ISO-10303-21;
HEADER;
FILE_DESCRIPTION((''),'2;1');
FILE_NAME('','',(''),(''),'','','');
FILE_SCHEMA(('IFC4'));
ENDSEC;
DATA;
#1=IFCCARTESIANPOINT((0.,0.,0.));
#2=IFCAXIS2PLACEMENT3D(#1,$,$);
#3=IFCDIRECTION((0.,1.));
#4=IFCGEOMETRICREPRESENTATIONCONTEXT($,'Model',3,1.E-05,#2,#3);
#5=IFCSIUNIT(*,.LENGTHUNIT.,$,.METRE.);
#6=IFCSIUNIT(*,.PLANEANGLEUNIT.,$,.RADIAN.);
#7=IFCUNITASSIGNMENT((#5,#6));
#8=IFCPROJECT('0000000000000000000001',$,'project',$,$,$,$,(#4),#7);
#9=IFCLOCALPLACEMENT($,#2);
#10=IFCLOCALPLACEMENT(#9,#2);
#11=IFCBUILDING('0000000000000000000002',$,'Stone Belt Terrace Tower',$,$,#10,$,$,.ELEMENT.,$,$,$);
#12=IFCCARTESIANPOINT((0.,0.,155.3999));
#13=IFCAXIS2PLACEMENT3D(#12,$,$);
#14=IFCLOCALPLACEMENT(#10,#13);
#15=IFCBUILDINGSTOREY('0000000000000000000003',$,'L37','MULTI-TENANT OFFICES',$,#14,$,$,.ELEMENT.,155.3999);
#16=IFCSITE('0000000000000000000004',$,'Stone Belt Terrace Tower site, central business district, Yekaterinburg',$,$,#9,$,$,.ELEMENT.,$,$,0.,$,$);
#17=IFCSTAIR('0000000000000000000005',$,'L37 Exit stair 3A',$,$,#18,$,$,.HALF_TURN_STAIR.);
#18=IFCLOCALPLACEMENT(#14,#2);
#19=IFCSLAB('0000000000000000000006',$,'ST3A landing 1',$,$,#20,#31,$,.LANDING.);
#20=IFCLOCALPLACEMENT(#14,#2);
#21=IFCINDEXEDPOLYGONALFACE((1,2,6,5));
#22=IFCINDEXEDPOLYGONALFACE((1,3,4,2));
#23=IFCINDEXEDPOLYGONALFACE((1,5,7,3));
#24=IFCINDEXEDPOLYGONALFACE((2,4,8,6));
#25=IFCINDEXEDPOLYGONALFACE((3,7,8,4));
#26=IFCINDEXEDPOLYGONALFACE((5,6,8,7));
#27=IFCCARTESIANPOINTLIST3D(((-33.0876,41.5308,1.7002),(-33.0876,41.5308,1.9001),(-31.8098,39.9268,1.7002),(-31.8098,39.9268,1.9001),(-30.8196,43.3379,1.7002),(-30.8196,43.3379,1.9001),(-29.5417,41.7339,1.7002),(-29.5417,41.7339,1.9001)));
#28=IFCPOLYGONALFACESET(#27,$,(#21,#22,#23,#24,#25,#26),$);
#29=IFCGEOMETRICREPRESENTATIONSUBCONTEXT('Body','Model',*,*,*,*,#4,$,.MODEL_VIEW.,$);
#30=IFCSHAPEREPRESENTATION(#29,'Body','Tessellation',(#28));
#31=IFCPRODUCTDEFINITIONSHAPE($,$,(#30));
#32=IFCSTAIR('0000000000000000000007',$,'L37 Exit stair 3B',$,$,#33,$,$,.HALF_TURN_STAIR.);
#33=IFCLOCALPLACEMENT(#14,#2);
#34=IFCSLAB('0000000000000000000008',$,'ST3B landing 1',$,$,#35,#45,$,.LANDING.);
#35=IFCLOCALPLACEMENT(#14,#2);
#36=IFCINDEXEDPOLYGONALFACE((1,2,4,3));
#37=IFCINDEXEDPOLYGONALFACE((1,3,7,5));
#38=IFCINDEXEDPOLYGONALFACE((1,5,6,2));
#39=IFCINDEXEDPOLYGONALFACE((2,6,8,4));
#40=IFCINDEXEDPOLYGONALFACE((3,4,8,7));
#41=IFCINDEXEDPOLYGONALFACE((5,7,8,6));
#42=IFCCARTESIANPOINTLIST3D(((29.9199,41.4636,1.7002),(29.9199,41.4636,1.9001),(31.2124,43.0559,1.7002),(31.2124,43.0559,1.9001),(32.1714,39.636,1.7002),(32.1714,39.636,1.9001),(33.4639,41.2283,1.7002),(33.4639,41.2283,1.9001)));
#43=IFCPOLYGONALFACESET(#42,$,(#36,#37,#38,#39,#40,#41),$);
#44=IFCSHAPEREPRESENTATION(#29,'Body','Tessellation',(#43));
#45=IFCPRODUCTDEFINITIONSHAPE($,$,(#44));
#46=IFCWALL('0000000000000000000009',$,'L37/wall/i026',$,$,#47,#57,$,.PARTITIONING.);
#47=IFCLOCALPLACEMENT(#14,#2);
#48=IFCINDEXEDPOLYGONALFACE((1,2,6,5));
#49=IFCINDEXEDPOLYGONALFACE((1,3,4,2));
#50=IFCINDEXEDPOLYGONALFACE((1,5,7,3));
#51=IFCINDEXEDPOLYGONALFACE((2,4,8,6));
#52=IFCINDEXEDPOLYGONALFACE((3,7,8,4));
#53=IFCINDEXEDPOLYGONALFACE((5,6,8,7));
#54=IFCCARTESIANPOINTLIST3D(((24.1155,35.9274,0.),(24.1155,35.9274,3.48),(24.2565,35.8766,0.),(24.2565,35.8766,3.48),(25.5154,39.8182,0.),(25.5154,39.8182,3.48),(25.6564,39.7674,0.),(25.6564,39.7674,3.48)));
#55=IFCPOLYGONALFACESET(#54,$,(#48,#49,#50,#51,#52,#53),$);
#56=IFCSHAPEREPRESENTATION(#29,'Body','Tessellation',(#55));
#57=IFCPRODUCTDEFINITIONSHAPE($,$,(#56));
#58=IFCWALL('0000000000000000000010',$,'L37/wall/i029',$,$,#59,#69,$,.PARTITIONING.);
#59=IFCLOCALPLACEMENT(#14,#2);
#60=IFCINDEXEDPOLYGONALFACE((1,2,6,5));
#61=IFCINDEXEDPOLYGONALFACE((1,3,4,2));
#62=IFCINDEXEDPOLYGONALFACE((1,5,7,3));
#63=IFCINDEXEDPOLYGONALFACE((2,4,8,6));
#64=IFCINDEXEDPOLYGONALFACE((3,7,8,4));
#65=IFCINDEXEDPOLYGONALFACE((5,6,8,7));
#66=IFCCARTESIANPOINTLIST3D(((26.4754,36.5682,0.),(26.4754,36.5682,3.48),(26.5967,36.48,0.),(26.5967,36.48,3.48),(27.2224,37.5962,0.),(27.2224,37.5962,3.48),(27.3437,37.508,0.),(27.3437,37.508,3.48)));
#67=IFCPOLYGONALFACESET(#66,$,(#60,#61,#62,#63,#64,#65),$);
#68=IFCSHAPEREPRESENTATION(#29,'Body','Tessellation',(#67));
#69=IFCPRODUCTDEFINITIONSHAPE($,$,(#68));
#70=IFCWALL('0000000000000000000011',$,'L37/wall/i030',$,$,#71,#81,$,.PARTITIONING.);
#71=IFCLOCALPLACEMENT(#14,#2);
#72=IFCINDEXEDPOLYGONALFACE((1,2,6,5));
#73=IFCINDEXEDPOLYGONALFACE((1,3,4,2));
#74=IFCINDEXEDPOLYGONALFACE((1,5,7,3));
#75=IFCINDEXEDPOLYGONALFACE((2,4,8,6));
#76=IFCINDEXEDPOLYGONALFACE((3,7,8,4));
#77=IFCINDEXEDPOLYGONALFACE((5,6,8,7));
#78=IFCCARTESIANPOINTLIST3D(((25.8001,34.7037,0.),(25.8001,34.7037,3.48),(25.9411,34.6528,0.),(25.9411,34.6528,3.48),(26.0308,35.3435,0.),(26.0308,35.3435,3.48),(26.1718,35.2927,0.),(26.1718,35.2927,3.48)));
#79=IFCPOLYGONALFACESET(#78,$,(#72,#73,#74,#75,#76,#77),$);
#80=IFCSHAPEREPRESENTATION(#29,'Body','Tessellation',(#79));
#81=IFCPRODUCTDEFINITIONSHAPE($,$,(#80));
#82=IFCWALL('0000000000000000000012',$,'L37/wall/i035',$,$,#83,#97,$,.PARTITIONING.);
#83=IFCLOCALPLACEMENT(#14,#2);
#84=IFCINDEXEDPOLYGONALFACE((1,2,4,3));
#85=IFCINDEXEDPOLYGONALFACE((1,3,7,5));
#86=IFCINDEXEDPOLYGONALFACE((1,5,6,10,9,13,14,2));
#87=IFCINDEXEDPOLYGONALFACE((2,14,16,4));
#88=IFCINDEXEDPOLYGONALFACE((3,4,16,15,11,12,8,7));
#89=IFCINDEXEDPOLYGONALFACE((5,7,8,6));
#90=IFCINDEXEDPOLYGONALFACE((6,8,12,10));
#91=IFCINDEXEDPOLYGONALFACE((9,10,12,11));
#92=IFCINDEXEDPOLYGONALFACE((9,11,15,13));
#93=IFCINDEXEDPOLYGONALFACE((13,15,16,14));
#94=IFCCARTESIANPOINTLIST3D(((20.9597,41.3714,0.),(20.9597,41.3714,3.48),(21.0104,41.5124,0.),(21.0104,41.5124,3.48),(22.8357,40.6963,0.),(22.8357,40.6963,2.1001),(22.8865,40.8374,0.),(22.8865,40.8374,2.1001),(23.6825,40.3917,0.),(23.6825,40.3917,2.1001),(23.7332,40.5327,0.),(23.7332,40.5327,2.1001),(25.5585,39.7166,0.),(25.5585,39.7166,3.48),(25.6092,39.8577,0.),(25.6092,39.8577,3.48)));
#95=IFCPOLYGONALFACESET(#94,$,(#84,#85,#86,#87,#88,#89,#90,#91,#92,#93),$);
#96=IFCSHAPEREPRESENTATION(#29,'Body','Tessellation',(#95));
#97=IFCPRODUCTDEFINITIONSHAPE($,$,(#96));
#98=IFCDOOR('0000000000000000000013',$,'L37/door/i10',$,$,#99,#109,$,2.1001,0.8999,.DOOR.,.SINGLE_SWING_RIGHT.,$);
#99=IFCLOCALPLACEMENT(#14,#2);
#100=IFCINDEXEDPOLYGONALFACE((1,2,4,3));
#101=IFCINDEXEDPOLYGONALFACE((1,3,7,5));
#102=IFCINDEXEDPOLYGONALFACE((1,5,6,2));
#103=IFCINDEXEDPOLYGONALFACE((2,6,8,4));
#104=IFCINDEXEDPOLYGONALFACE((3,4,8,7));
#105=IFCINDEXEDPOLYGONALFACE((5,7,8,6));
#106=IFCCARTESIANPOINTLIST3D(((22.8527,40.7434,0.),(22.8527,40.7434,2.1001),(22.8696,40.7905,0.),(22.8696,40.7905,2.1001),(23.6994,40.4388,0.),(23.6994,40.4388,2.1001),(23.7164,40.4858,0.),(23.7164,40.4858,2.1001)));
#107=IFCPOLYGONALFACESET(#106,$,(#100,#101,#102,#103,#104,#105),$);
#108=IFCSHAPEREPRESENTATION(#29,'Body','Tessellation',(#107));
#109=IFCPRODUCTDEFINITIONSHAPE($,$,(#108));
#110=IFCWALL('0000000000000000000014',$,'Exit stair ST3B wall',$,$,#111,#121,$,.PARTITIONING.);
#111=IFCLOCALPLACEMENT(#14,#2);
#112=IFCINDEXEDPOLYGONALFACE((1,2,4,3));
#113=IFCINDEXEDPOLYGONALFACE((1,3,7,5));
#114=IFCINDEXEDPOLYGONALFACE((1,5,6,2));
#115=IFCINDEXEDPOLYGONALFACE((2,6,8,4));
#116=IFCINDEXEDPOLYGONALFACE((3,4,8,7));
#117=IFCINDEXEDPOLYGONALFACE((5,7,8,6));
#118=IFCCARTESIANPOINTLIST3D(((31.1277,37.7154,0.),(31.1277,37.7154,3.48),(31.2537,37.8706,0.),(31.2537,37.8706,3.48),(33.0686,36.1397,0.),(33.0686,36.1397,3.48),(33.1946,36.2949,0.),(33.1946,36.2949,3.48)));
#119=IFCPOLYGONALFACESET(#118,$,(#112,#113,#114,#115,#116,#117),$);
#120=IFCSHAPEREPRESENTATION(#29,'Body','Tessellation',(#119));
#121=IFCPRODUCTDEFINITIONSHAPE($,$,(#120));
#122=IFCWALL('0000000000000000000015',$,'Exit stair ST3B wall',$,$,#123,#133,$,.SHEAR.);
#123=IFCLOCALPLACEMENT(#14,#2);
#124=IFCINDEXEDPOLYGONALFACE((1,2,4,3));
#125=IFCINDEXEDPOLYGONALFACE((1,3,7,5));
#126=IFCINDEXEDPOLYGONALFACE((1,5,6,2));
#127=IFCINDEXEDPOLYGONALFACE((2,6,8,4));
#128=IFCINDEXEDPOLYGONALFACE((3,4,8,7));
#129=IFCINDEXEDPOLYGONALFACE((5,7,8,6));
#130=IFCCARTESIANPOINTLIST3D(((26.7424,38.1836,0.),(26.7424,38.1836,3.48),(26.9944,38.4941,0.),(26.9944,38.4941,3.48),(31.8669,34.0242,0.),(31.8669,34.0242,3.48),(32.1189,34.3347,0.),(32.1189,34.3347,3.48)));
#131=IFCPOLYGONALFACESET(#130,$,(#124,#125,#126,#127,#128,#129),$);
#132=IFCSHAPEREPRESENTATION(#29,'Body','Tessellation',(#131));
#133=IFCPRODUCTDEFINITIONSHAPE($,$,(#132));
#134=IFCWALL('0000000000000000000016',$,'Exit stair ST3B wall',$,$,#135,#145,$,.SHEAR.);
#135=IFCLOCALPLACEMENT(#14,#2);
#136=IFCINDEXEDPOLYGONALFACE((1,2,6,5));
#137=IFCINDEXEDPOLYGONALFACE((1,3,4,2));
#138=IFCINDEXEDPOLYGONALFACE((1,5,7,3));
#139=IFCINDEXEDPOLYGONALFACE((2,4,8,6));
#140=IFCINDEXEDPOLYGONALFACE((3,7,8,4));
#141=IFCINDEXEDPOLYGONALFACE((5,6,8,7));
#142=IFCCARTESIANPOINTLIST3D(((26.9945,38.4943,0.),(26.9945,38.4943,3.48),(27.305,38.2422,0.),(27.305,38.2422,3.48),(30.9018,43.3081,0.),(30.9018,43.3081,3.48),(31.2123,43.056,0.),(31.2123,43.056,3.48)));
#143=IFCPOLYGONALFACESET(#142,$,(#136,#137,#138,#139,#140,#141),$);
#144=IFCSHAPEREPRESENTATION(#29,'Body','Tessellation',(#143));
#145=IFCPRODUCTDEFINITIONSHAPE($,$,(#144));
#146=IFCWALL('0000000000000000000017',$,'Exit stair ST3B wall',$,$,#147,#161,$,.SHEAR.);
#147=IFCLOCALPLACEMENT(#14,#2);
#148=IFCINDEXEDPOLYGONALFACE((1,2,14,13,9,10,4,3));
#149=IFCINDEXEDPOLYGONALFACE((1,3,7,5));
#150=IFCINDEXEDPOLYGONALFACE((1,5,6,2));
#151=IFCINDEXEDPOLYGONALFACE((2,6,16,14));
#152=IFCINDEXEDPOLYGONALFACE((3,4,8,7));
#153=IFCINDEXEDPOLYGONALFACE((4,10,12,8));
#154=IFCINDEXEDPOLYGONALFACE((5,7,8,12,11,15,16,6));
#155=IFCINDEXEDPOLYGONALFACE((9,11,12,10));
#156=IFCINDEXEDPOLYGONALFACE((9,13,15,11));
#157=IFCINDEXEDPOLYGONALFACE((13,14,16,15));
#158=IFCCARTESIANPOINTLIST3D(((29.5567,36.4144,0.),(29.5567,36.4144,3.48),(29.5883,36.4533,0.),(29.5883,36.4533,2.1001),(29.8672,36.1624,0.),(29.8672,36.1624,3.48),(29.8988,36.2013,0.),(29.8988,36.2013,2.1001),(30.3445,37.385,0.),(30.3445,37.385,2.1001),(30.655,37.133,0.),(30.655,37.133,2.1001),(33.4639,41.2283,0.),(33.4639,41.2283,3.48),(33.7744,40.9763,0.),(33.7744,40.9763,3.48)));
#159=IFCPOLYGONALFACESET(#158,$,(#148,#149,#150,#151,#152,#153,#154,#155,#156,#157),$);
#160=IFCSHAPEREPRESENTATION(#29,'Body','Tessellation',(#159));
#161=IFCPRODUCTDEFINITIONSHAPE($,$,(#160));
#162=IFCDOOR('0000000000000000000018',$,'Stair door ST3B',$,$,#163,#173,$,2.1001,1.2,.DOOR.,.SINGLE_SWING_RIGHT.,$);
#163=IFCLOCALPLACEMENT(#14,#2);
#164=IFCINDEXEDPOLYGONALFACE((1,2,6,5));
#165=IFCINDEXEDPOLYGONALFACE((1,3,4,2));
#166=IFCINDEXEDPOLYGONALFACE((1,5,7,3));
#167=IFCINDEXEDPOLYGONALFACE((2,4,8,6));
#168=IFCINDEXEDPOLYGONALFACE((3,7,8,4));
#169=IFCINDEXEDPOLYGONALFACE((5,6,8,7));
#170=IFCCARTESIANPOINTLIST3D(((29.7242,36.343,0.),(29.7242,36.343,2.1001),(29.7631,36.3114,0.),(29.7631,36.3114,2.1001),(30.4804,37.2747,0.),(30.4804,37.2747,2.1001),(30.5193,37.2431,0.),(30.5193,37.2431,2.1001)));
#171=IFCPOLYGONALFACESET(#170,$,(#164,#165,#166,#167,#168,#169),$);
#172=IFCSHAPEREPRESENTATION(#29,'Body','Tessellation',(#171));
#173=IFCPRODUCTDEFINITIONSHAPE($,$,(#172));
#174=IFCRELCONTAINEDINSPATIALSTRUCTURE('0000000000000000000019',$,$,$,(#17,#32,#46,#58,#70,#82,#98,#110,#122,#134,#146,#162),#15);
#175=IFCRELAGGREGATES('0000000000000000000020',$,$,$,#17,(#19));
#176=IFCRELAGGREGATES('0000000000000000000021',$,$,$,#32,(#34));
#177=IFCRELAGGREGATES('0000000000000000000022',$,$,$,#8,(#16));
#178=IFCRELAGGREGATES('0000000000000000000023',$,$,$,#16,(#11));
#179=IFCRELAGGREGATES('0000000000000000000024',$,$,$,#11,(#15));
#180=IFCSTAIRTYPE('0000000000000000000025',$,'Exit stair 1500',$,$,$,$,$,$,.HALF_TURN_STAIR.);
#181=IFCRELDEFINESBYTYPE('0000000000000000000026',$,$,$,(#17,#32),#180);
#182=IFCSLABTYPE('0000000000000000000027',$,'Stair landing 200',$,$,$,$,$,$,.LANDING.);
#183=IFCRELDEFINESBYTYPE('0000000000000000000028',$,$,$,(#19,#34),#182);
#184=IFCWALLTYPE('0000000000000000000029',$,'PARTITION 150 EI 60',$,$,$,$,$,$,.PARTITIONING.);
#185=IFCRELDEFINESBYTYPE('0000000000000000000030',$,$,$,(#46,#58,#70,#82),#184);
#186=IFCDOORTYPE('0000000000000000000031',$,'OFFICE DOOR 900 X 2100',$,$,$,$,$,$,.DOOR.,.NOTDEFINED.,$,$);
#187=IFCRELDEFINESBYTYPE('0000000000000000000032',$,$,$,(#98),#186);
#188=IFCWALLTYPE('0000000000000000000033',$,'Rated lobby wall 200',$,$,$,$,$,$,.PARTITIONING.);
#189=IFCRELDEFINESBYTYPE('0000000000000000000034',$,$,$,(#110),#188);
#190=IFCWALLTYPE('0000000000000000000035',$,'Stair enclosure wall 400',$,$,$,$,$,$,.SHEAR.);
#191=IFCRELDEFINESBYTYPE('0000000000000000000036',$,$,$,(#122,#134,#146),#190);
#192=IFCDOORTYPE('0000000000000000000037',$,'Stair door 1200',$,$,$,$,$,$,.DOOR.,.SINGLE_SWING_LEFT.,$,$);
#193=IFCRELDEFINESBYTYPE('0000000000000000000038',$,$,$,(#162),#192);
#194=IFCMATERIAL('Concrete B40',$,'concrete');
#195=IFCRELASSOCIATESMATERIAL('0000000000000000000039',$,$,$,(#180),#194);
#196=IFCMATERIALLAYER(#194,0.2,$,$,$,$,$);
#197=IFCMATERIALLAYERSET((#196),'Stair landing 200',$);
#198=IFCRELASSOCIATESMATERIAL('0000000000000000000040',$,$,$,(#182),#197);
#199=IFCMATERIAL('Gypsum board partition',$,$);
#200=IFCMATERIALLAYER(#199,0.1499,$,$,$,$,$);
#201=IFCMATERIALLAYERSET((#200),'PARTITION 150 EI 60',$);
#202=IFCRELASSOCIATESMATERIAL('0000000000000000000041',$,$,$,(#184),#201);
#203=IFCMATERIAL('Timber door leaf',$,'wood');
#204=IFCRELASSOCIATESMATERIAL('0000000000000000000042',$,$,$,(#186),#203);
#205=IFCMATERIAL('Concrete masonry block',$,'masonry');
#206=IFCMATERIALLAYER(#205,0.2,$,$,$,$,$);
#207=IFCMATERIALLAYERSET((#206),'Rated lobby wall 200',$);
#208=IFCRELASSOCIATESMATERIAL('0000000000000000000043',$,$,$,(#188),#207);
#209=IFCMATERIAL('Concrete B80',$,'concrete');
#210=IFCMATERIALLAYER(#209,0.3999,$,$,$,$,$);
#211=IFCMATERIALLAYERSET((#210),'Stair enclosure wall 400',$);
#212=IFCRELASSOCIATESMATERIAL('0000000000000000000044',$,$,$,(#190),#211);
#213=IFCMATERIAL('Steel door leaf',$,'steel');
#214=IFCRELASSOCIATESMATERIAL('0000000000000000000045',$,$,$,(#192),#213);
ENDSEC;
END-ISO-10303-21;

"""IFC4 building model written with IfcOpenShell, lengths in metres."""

from ifc_helpers import new_model, si_unit, direction, frame, frame_2d, origin, place, context, subcontext, project, spatial, polyline, rectangle, outline, extrude, material, layer, layer_set, type_object, element, fill, aggregate, save


model = new_model("IFC4")

# Units and contexts
model_context = context("Model", 3, precision=1e-05, world=origin(), true_north=direction((0.0, 1.0)))
body_context = subcontext(model_context, "Body", "Model", "MODEL_VIEW")
ifc_project = project(units=[si_unit("LENGTHUNIT", "METRE"), si_unit("PLANEANGLEUNIT", "RADIAN")], contexts=[model_context])

# Site, building, storey
site_placement = place(None, origin())
site = spatial("IfcSite", under=ifc_project, at=site_placement, Name="Stone Belt Terrace Tower site, central business district, Yekaterinburg", CompositionType="ELEMENT", RefElevation=0.0)
building_placement = place(site_placement, origin())
building = spatial("IfcBuilding", under=site, at=building_placement, Name="Stone Belt Terrace Tower", CompositionType="ELEMENT")
storey_placement = place(building_placement, frame((0.0, 0.0, 155.3999)))
storey = spatial("IfcBuildingStorey", under=building, at=storey_placement, Name="L37", Description="MULTI-TENANT OFFICES", CompositionType="ELEMENT", Elevation=155.3999)

# Shared definitions
ifc_material_1 = material(Name="Concrete B80", Category="concrete")

# Shared definitions
ifc_material_2 = material(Name="Concrete B40", Category="concrete")

# Stairs, slabs
stair_type = type_object("IfcStairType", Name="Exit stair 1500", PredefinedType="HALF_TURN_STAIR", material=ifc_material_2)
stair_1_placement = place(storey_placement, origin())
stair_1 = element("IfcStair", 1, at=stair_1_placement, inside=storey, type_object=stair_type, Name="L37 Exit stair 3A", PredefinedType="HALF_TURN_STAIR")
ifc_layer_1 = layer(ifc_material_2, 0.2)
ifc_layer_set_1 = layer_set([ifc_layer_1], Name="Stair landing 200")
slab_type_1 = type_object("IfcSlabType", Name="Stair landing 200", PredefinedType="LANDING", material=ifc_layer_set_1)
slab_1_placement = place(storey_placement, frame((0.0, 0.0, 1.7002)))
slab_1 = element("IfcSlab", 2, at=slab_1_placement, type_object=slab_type_1, Name="ST3A landing 1", PredefinedType="LANDING", context=body_context, shape_type="SweptSolid", body=[
    extrude(outline(polyline([(-29.5417, 41.7339), (-30.8196, 43.3379), (-33.0876, 41.5308), (-31.8098, 39.9268), (-29.5417, 41.7339)])), origin(), (0.0, 0.0, 1.0), 0.2),
])
aggregate(stair_1, [slab_1])
stair_2_placement = place(storey_placement, origin())
stair_2 = element("IfcStair", 3, at=stair_2_placement, inside=storey, type_object=stair_type, Name="L37 Exit stair 3B", PredefinedType="HALF_TURN_STAIR")
slab_2_placement = place(storey_placement, frame((0.0, 0.0, 1.7002)))
slab_2 = element("IfcSlab", 4, at=slab_2_placement, type_object=slab_type_1, Name="ST3B landing 1", PredefinedType="LANDING", context=body_context, shape_type="SweptSolid", body=[
    extrude(outline(polyline([(32.1714, 39.636), (33.4639, 41.2283), (31.2124, 43.0559), (29.9199, 41.4636), (32.1714, 39.636)])), origin(), (0.0, 0.0, 1.0), 0.2),
])

# Walls
ifc_material_3 = material(Name="Gypsum board partition")
ifc_layer_2 = layer(ifc_material_3, 0.1499)
ifc_layer_set_2 = layer_set([ifc_layer_2], Name="PARTITION 150 EI 60")
wall_type_1 = type_object("IfcWallType", Name="PARTITION 150 EI 60", PredefinedType="PARTITIONING", material=ifc_layer_set_2)
wall_1_placement = place(storey_placement, frame((24.186, 35.9021, 0.0), z_axis=(0.0, 0.0, 1.0), x_axis=(0.338546, 0.94095, 0.0)))
element("IfcWall", 5, at=wall_1_placement, inside=storey, type_object=wall_type_1, Name="L37/wall/i026", PredefinedType="PARTITIONING", context=body_context, shape_type="SweptSolid", body=[
    extrude(rectangle(XDim=4.135, YDim=0.1499, at=frame_2d((2.0674, 0.0))), origin(), (0.0, 0.0, 1.0), 3.48),
])
wall_2_placement = place(storey_placement, frame((27.283, 37.552, 0.0), z_axis=(0.0, 0.0, 1.0), x_axis=(-0.587852, -0.808969, 0.0)))
element("IfcWall", 6, at=wall_2_placement, inside=storey, type_object=wall_type_1, Name="L37/wall/i029", PredefinedType="PARTITIONING", context=body_context, shape_type="SweptSolid", body=[
    extrude(rectangle(XDim=1.2708, YDim=0.1499, at=frame_2d((0.6353, 0.0))), origin(), (0.0, 0.0, 1.0), 3.48),
])
wall_3_placement = place(storey_placement, frame((26.1013, 35.3181, 0.0), z_axis=(0.0, 0.0, 1.0), x_axis=(-0.339177, -0.940723, 0.0)))
element("IfcWall", 7, at=wall_3_placement, inside=storey, type_object=wall_type_1, Name="L37/wall/i030", PredefinedType="PARTITIONING", context=body_context, shape_type="SweptSolid", body=[
    extrude(rectangle(XDim=0.6802, YDim=0.1499, at=frame_2d((0.3401, 0.0))), origin(), (0.0, 0.0, 1.0), 3.48),
])

# Wall, opening, door
wall_4_placement = place(storey_placement, frame((25.584, 39.7871, 0.0), z_axis=(0.0, 0.0, 1.0), x_axis=(-0.94094, 0.338573, 0.0)))
wall_4 = element("IfcWall", 8, at=wall_4_placement, inside=storey, type_object=wall_type_1, Name="L37/wall/i035", PredefinedType="PARTITIONING", context=body_context, shape_type="SweptSolid", body=[
    extrude(rectangle(XDim=4.8875, YDim=0.1499, at=frame_2d((2.4438, 0.0))), origin(), (0.0, 0.0, 1.0), 3.48),
])
opening_1_placement = place(wall_4_placement, frame((1.9939, 0.0, 0.0)))
opening_1 = element("IfcOpeningElement", 9, at=opening_1_placement, cuts=wall_4, PredefinedType="OPENING", context=body_context, shape_type="SweptSolid", body=[
    extrude(rectangle(XDim=0.8999, YDim=2.1001, at=frame_2d((0.45, 1.05))), frame((0.0, 0.085, 0.0), z_axis=(0.0, -1.0, 0.0), x_axis=(1.0, 0.0, 0.0)), (0.0, 0.0, 1.0), 0.1699),
])
ifc_material_4 = material(Name="Timber door leaf", Category="wood")
door_type_1 = type_object("IfcDoorType", Name="OFFICE DOOR 900 X 2100", OperationType="NOTDEFINED", PredefinedType="DOOR", material=ifc_material_4)
door_1_placement = place(opening_1_placement, origin())
door_1 = element("IfcDoor", 10, at=door_1_placement, inside=storey, type_object=door_type_1, Name="L37/door/i10", OperationType="SINGLE_SWING_RIGHT", OverallHeight=2.1001, OverallWidth=0.8999, PredefinedType="DOOR", context=body_context, shape_type="SweptSolid", body=[
    extrude(rectangle(XDim=0.8999, YDim=2.1001, at=frame_2d((0.45, 1.05))), frame((0.0, 0.0249, 0.0), z_axis=(0.0, -1.0, 0.0), x_axis=(1.0, 0.0, 0.0)), (0.0, 0.0, 1.0), 0.05),
])
fill(opening_1, door_1)

# Walls
ifc_material_5 = material(Name="Concrete masonry block", Category="masonry")
ifc_layer_3 = layer(ifc_material_5, 0.2)
ifc_layer_set_3 = layer_set([ifc_layer_3], Name="Rated lobby wall 200")
wall_type_2 = type_object("IfcWallType", Name="Rated lobby wall 200", PredefinedType="PARTITIONING", material=ifc_layer_set_3)
wall_5_placement = place(storey_placement, frame((31.1907, 37.793, 0.0), z_axis=(0.0, 0.0, 1.0), x_axis=(0.776371, -0.630276, 0.0)))
element("IfcWall", 11, at=wall_5_placement, inside=storey, type_object=wall_type_2, Name="Exit stair ST3B wall", PredefinedType="PARTITIONING", context=body_context, shape_type="SweptSolid", body=[
    extrude(rectangle(XDim=2.5, YDim=0.2, at=frame_2d((1.25, 0.0))), origin(), (0.0, 0.0, 1.0), 3.48),
])
ifc_layer_4 = layer(ifc_material_1, 0.3999)
ifc_layer_set_4 = layer_set([ifc_layer_4], Name="Stair enclosure wall 400")
wall_type_3 = type_object("IfcWallType", Name="Stair enclosure wall 400", PredefinedType="SHEAR", material=ifc_layer_set_4)
wall_6_placement = place(storey_placement, frame((26.8684, 38.3389, 0.0), z_axis=(0.0, 0.0, 1.0), x_axis=(0.776428, -0.630205, 0.0)))
element("IfcWall", 12, at=wall_6_placement, inside=storey, type_object=wall_type_3, Name="Exit stair ST3B wall", PredefinedType="SHEAR", context=body_context, shape_type="SweptSolid", body=[
    extrude(rectangle(XDim=6.6001, YDim=0.3999, at=frame_2d((3.3, 0.0))), origin(), (0.0, 0.0, 1.0), 3.48),
])
wall_7_placement = place(storey_placement, frame((27.1497, 38.3682, 0.0), z_axis=(0.0, 0.0, 1.0), x_axis=(0.630212, 0.776423, 0.0)))
element("IfcWall", 13, at=wall_7_placement, inside=storey, type_object=wall_type_3, Name="Exit stair ST3B wall", PredefinedType="SHEAR", context=body_context, shape_type="SweptSolid", body=[
    extrude(rectangle(XDim=6.2, YDim=0.3999, at=frame_2d((3.1001, 0.0))), origin(), (0.0, 0.0, 1.0), 3.48),
])

# Wall, opening, door
wall_8_placement = place(storey_placement, frame((29.7119, 36.2883, 0.0), z_axis=(0.0, 0.0, 1.0), x_axis=(0.630192, 0.776439, 0.0)))
wall_8 = element("IfcWall", 14, at=wall_8_placement, inside=storey, type_object=wall_type_3, Name="Exit stair ST3B wall", PredefinedType="SHEAR", context=body_context, shape_type="SweptSolid", body=[
    extrude(rectangle(XDim=6.2, YDim=0.3999, at=frame_2d((3.1001, 0.0))), origin(), (0.0, 0.0, 1.0), 3.48),
])
opening_2_placement = place(wall_8_placement, frame((0.05, 0.0, 0.0)))
opening_2 = element("IfcOpeningElement", 15, at=opening_2_placement, cuts=wall_8, PredefinedType="OPENING", context=body_context, shape_type="SweptSolid", body=[
    extrude(rectangle(XDim=1.2, YDim=2.1001, at=frame_2d((0.6001, 1.05))), frame((0.0, 0.21, 0.0), z_axis=(0.0, -1.0, 0.0), x_axis=(1.0, 0.0, 0.0)), (0.0, 0.0, 1.0), 0.4199),
])
ifc_material_6 = material(Name="Steel door leaf", Category="steel")
door_type_2 = type_object("IfcDoorType", Name="Stair door 1200", OperationType="SINGLE_SWING_LEFT", PredefinedType="DOOR", material=ifc_material_6)
door_2_placement = place(opening_2_placement, origin())
door_2 = element("IfcDoor", 16, at=door_2_placement, inside=storey, type_object=door_type_2, Name="Stair door ST3B", OperationType="SINGLE_SWING_RIGHT", OverallHeight=2.1001, OverallWidth=1.2, PredefinedType="DOOR", context=body_context, shape_type="SweptSolid", body=[
    extrude(rectangle(XDim=1.2, YDim=2.1001, at=frame_2d((0.6001, 1.05))), frame((0.0, 0.0249, 0.0), z_axis=(0.0, -1.0, 0.0), x_axis=(1.0, 0.0, 0.0)), (0.0, 0.0, 1.0), 0.05),
])
fill(opening_2, door_2)

aggregate(stair_2, [slab_2])

save(model, "model.ifc")
